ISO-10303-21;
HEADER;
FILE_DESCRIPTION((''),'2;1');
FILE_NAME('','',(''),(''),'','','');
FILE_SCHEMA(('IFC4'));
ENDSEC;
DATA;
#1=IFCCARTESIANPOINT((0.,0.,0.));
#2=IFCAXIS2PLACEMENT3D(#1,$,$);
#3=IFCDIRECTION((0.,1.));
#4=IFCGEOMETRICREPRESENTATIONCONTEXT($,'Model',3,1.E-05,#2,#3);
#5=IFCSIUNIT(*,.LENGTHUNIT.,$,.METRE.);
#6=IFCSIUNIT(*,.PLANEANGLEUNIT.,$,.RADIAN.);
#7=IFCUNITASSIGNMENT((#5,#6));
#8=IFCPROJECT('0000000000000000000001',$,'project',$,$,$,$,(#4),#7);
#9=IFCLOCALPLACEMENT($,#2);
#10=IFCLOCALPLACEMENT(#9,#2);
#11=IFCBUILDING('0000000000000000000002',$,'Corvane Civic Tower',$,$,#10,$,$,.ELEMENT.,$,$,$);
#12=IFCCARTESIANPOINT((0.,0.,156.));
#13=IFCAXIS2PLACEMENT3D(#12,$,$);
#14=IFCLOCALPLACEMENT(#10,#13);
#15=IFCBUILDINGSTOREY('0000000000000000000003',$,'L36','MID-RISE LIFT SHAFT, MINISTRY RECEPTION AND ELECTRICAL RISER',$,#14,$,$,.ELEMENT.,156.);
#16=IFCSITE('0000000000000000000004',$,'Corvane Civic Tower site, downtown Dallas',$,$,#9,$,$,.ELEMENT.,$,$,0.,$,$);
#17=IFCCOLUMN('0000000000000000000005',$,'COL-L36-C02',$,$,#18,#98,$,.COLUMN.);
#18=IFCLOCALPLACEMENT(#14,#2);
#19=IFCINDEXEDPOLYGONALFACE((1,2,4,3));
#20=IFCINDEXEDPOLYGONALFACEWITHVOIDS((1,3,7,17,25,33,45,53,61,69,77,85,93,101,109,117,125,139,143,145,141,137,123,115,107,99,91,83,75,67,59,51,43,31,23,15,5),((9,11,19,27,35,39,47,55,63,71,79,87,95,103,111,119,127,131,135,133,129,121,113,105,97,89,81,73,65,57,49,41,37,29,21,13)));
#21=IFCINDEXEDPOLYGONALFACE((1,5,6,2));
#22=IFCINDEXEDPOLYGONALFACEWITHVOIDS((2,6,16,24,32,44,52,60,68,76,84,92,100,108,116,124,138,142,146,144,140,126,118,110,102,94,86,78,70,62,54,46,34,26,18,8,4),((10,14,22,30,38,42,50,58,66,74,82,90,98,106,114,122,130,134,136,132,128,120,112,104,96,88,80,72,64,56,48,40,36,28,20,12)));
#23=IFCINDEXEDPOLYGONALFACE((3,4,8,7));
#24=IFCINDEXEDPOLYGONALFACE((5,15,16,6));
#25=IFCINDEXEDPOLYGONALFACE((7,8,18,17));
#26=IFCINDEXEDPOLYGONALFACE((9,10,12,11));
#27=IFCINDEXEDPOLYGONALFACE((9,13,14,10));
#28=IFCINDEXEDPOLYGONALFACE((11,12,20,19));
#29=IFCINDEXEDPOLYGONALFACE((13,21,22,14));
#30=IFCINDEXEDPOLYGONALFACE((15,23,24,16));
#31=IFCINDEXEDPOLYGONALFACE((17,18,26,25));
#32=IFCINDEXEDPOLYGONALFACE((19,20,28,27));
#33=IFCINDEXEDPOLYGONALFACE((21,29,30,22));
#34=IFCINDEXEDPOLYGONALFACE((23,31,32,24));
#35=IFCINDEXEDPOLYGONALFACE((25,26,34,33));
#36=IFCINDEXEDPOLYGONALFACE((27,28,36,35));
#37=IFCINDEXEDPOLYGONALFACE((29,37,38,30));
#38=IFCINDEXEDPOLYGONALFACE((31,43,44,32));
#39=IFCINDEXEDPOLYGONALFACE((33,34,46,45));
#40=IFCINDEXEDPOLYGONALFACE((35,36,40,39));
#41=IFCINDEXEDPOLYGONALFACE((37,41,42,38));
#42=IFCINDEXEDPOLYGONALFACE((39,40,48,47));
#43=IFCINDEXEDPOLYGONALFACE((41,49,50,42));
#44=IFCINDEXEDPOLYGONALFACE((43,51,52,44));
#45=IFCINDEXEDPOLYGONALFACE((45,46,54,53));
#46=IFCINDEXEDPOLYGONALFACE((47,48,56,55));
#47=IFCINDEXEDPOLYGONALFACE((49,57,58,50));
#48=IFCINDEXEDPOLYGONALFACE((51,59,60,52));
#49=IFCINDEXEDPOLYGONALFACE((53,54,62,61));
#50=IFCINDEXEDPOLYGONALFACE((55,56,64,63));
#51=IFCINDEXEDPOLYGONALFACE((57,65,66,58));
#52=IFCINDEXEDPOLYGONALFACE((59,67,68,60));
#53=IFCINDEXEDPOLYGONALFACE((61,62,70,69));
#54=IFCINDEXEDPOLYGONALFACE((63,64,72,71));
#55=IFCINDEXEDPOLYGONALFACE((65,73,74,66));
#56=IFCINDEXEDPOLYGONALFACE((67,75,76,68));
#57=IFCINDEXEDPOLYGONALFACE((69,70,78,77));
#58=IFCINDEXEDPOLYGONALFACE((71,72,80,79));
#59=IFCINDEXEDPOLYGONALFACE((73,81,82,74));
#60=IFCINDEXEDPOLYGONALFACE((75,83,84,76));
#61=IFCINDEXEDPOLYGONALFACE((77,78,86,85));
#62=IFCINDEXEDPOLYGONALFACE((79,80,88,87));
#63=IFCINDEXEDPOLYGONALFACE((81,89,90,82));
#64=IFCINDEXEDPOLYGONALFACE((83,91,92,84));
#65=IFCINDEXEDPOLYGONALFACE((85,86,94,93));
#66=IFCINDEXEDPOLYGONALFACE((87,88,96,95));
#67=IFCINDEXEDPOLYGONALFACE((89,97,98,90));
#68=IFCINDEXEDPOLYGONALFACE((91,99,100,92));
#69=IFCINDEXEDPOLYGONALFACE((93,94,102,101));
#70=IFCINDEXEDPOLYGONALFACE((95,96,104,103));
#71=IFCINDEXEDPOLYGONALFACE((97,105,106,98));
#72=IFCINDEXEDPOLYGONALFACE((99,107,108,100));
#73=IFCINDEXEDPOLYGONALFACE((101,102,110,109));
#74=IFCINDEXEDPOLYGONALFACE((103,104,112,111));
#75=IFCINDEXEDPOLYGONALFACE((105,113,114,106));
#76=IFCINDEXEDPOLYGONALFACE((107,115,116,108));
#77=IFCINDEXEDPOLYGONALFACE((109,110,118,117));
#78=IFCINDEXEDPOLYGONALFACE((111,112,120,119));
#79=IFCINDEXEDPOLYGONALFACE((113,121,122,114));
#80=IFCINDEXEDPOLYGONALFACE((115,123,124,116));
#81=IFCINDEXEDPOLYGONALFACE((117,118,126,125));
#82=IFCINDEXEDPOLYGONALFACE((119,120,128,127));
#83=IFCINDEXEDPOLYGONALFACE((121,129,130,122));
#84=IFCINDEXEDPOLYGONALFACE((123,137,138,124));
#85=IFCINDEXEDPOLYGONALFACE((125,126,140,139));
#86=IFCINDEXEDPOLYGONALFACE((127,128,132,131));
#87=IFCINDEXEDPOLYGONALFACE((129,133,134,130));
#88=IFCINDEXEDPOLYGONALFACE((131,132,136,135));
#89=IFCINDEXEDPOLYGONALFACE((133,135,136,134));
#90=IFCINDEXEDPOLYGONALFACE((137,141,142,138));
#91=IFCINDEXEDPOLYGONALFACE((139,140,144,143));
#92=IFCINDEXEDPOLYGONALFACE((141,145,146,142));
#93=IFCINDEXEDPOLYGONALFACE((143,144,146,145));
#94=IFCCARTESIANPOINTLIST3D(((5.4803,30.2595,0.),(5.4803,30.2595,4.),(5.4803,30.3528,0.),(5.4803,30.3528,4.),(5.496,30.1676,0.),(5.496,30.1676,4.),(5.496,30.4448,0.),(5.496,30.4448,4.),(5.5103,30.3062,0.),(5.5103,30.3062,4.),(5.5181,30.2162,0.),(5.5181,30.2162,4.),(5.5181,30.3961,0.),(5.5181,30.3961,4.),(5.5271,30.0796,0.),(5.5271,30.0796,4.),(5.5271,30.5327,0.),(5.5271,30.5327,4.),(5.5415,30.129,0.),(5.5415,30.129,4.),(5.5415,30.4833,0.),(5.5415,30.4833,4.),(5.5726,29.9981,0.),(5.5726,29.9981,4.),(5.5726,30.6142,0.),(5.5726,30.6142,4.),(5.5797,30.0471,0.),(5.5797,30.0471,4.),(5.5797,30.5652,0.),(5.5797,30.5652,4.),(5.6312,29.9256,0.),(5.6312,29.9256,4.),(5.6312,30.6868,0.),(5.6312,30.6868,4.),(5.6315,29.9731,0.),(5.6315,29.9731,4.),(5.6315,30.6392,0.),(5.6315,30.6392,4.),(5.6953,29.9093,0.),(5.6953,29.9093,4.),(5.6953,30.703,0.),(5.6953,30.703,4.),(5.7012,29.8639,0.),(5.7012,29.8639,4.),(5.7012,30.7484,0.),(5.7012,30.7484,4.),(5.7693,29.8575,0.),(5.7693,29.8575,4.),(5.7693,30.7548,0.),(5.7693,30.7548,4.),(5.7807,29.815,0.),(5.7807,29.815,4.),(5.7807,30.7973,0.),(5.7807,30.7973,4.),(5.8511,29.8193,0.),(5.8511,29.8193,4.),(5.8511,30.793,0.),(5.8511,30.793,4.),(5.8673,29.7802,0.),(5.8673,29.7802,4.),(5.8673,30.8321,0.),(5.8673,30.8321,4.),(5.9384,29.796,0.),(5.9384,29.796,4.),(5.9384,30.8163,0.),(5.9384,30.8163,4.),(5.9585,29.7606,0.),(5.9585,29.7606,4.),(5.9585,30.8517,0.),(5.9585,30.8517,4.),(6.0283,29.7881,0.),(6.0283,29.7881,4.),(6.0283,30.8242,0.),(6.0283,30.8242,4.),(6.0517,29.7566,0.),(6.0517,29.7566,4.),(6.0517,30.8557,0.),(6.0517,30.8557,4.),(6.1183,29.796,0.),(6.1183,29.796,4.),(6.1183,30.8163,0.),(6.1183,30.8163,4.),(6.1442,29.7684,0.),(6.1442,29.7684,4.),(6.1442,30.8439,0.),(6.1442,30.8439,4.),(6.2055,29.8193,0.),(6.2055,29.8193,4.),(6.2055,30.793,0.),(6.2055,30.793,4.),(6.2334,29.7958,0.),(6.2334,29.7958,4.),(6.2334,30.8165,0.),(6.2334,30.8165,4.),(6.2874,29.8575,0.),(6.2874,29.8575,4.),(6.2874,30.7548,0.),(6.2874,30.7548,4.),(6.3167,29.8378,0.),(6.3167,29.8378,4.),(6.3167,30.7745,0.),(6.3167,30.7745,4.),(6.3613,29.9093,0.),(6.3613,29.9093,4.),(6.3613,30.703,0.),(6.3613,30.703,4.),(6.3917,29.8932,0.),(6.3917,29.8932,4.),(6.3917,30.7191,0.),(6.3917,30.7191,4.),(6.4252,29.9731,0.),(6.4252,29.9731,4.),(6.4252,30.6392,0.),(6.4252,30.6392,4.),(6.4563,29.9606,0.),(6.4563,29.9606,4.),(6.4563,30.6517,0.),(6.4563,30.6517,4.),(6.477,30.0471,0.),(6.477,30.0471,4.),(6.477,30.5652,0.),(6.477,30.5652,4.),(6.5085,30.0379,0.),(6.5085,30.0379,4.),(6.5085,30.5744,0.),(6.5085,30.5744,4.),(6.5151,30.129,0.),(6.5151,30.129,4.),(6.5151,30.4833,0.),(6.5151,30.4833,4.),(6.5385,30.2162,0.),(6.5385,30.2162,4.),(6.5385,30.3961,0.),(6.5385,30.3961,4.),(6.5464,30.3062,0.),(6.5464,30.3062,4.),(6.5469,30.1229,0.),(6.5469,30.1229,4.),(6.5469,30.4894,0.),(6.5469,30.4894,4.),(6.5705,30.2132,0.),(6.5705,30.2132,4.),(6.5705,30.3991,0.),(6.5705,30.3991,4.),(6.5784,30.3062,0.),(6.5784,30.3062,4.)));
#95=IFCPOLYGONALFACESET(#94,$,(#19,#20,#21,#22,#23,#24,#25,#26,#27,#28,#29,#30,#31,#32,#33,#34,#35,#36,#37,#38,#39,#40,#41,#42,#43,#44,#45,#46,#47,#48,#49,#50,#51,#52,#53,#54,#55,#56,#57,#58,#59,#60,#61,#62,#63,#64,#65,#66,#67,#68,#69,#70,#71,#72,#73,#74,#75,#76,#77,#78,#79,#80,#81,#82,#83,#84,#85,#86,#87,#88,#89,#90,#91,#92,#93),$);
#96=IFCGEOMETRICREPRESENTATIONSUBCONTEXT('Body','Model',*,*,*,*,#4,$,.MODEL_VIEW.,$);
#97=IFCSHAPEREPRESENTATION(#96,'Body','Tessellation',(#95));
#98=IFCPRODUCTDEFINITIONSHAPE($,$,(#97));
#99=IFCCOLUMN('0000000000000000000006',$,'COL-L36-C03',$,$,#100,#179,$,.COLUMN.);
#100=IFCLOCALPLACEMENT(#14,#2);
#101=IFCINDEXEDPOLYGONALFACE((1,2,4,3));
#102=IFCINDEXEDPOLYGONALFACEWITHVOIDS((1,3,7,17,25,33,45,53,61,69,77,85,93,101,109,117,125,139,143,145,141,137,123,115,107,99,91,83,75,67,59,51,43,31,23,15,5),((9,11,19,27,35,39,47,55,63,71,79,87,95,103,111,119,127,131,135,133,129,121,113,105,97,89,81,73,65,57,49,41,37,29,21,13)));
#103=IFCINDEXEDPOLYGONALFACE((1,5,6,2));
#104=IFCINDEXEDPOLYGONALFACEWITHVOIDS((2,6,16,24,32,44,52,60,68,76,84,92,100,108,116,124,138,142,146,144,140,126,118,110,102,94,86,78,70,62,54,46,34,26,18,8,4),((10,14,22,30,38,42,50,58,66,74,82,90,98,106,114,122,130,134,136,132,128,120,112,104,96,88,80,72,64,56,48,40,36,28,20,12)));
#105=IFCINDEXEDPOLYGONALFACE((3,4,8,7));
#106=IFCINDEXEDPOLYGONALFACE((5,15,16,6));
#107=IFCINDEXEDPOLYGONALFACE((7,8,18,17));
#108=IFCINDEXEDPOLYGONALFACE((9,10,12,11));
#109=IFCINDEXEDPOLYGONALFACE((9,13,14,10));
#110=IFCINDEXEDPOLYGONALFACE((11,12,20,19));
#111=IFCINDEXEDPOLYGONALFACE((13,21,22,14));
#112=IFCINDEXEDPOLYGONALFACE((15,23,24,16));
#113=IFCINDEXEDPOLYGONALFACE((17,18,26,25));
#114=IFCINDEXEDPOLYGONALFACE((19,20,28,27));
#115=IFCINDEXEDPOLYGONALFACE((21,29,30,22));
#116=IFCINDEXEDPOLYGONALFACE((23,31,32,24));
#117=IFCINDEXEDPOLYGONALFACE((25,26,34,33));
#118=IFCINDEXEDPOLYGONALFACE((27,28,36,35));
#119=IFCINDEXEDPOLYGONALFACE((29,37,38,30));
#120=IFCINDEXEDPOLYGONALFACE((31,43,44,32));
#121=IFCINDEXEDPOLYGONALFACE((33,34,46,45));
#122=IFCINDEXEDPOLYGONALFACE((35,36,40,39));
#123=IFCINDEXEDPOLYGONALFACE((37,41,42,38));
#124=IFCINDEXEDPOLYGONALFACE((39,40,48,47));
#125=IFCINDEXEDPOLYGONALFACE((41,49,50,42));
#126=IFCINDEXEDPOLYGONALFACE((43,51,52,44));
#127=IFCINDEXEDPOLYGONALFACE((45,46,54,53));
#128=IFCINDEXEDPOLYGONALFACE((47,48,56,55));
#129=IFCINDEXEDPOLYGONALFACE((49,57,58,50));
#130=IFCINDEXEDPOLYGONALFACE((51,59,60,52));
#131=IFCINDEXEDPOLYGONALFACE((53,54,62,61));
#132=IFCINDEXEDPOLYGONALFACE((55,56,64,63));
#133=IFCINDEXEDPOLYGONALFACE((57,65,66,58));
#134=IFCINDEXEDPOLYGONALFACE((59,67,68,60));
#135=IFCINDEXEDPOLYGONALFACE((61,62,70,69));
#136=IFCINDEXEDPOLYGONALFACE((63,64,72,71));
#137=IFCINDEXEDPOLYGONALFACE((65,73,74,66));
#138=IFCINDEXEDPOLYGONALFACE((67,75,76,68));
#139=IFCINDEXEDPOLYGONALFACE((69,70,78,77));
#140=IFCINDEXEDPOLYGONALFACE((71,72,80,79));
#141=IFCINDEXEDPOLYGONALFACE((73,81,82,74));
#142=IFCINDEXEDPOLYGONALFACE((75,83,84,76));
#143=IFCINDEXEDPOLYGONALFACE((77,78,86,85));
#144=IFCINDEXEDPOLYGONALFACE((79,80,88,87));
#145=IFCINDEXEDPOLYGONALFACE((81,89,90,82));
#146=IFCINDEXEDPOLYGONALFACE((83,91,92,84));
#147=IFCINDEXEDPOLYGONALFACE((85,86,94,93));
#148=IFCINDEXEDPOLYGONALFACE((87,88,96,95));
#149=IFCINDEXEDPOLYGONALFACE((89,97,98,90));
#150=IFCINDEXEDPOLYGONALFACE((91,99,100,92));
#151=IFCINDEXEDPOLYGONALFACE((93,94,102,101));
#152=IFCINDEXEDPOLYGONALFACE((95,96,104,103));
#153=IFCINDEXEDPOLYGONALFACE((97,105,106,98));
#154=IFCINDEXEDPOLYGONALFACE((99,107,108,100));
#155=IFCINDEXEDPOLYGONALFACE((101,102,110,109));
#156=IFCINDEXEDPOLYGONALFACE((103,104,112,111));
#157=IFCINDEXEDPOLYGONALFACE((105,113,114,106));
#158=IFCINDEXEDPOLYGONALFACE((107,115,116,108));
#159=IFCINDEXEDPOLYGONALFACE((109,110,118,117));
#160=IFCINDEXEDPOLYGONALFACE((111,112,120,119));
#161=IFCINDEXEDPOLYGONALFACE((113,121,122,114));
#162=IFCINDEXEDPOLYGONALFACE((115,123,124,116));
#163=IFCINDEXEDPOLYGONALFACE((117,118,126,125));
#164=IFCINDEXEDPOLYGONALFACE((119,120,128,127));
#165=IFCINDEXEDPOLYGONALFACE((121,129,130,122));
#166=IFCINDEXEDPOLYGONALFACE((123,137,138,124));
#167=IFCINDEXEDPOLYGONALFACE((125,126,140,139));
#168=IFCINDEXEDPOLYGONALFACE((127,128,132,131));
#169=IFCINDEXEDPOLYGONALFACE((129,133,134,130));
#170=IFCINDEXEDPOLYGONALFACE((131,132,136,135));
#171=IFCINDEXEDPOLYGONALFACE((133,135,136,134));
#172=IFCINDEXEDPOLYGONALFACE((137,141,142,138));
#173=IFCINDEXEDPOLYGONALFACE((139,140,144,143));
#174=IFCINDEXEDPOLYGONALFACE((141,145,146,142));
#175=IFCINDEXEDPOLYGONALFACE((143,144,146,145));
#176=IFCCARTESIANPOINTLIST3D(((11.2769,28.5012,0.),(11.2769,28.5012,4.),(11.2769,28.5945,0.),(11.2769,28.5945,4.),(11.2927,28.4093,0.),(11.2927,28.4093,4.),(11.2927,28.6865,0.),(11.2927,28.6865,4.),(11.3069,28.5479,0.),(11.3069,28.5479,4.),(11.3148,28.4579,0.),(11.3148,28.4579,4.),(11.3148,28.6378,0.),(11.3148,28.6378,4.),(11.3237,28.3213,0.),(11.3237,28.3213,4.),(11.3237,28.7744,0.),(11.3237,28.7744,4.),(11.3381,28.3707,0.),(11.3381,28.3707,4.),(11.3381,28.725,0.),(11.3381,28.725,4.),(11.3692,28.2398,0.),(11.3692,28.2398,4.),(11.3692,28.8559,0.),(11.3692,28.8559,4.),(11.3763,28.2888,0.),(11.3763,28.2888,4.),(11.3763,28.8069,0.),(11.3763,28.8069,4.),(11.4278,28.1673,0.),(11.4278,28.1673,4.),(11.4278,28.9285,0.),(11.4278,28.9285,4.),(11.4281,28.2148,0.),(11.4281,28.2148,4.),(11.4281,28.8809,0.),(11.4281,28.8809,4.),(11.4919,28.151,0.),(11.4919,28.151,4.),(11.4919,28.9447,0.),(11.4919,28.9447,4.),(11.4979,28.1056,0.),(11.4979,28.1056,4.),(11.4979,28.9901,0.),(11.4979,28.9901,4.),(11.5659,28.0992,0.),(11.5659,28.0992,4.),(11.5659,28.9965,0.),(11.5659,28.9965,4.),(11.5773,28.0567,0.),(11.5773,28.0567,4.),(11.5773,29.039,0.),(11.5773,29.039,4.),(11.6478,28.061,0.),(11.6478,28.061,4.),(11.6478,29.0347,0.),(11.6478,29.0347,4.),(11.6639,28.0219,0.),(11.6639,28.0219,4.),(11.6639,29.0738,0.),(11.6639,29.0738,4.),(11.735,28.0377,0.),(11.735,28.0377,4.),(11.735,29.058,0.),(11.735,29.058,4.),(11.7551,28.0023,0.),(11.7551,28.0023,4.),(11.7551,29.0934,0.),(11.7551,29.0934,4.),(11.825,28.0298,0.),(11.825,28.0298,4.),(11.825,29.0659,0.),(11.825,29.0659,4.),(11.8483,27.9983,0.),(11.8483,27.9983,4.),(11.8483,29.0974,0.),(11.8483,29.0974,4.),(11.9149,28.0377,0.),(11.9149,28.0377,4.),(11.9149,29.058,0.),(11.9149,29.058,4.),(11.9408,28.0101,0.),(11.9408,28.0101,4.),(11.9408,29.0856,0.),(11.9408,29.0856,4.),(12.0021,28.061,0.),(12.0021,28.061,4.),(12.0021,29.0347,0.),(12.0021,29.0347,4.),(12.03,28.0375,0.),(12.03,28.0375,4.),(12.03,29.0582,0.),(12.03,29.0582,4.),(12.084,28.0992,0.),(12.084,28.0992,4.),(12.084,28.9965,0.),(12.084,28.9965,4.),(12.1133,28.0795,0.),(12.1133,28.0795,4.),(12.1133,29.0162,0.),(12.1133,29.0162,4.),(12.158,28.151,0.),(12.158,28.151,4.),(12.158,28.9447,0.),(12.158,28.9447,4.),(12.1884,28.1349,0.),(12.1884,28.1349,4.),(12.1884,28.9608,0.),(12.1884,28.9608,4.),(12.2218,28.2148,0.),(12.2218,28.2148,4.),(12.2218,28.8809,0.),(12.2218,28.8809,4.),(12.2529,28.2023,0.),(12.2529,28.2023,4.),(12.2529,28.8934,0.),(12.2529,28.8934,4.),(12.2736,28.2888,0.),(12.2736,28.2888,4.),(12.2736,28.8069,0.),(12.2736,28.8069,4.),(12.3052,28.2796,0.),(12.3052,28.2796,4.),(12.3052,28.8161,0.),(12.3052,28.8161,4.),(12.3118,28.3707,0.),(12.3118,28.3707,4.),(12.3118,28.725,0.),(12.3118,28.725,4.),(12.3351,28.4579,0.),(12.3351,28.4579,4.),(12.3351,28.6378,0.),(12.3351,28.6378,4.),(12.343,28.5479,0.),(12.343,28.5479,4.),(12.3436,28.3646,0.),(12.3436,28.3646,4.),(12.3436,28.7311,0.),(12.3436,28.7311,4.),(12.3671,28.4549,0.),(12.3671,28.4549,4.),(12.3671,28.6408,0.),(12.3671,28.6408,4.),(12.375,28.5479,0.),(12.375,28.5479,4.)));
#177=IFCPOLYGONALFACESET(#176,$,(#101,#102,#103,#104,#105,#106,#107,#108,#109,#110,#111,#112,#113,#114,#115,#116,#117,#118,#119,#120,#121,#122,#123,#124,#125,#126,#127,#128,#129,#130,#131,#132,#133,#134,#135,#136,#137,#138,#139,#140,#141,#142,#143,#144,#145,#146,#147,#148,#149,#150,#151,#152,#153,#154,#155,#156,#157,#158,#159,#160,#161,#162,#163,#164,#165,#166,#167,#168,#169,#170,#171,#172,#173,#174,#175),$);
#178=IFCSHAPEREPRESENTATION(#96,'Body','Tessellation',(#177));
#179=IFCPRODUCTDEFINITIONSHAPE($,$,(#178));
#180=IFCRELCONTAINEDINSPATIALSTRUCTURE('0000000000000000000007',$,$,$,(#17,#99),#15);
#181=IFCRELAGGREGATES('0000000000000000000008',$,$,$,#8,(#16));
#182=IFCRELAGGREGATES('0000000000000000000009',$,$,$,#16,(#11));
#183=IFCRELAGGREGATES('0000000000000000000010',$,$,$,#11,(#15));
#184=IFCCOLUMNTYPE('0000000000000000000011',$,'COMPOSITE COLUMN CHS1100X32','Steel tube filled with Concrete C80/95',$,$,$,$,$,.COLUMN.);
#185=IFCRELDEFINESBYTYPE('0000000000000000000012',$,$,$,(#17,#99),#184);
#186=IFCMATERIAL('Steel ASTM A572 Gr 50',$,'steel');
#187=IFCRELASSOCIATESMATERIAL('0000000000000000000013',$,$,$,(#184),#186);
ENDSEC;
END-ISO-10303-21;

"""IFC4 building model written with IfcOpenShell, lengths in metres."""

from ifc_helpers import new_model, si_unit, direction, frame, origin, origin_2d, place, context, subcontext, project, spatial, hollow_circle, extrude, material, material_profile, profile_set, type_object, element, save


model = new_model("IFC4")

# Units and contexts
model_context = context("Model", 3, precision=1e-05, world=origin(), true_north=direction((0.0, 1.0)))
body_context = subcontext(model_context, "Body", "Model", "MODEL_VIEW")
ifc_project = project(units=[si_unit("LENGTHUNIT", "METRE"), si_unit("PLANEANGLEUNIT", "RADIAN")], contexts=[model_context])

# Site, building, storey
site_placement = place(None, origin())
site = spatial("IfcSite", under=ifc_project, at=site_placement, Name="Corvane Civic Tower site, downtown Dallas", CompositionType="ELEMENT", RefElevation=0.0)
building_placement = place(site_placement, origin())
building = spatial("IfcBuilding", under=site, at=building_placement, Name="Corvane Civic Tower", CompositionType="ELEMENT")
storey_placement = place(building_placement, frame((0.0, 0.0, 156.0)))
storey = spatial("IfcBuildingStorey", under=building, at=storey_placement, Name="L36", Description="MID-RISE LIFT SHAFT, MINISTRY RECEPTION AND ELECTRICAL RISER", CompositionType="ELEMENT", Elevation=156.0)

# Columns
ifc_material_1 = material(Name="Steel ASTM A572 Gr 50", Category="steel")
ifc_material_profile_1 = material_profile(ifc_material_1, hollow_circle(Radius=0.55, WallThickness=0.032, at=origin_2d()), Name="CHS1100X32")
ifc_profile_set_1 = profile_set([ifc_material_profile_1], Name="Steel ASTM A572 Gr 50")
column_type = type_object("IfcColumnType", Name="COMPOSITE COLUMN CHS1100X32", Description="Steel tube filled with Concrete C80/95", PredefinedType="COLUMN", material=ifc_profile_set_1)
for number, where, z_axis, x_axis, name in (
    (1, (6.0283, 30.3062, 0.0), (0.0, 0.0, 1.0), (1.0, 0.0, 0.0), "COL-L36-C02"),
    (2, (11.825, 28.5479, 0.0), (0.0, 0.0, 1.0), (1.0, 0.0, 0.0), "COL-L36-C03"),
):
    element("IfcColumn", number, at=place(storey_placement, frame(where, z_axis=z_axis, x_axis=x_axis)), inside=storey, type_object=column_type, Name=name, PredefinedType="COLUMN", context=body_context, shape_type="SweptSolid", body=[
        extrude(hollow_circle(Radius=0.55, WallThickness=0.032, at=origin_2d()), origin(), (0.0, 0.0, 1.0), 4.0),
    ])

save(model, "model.ifc")
